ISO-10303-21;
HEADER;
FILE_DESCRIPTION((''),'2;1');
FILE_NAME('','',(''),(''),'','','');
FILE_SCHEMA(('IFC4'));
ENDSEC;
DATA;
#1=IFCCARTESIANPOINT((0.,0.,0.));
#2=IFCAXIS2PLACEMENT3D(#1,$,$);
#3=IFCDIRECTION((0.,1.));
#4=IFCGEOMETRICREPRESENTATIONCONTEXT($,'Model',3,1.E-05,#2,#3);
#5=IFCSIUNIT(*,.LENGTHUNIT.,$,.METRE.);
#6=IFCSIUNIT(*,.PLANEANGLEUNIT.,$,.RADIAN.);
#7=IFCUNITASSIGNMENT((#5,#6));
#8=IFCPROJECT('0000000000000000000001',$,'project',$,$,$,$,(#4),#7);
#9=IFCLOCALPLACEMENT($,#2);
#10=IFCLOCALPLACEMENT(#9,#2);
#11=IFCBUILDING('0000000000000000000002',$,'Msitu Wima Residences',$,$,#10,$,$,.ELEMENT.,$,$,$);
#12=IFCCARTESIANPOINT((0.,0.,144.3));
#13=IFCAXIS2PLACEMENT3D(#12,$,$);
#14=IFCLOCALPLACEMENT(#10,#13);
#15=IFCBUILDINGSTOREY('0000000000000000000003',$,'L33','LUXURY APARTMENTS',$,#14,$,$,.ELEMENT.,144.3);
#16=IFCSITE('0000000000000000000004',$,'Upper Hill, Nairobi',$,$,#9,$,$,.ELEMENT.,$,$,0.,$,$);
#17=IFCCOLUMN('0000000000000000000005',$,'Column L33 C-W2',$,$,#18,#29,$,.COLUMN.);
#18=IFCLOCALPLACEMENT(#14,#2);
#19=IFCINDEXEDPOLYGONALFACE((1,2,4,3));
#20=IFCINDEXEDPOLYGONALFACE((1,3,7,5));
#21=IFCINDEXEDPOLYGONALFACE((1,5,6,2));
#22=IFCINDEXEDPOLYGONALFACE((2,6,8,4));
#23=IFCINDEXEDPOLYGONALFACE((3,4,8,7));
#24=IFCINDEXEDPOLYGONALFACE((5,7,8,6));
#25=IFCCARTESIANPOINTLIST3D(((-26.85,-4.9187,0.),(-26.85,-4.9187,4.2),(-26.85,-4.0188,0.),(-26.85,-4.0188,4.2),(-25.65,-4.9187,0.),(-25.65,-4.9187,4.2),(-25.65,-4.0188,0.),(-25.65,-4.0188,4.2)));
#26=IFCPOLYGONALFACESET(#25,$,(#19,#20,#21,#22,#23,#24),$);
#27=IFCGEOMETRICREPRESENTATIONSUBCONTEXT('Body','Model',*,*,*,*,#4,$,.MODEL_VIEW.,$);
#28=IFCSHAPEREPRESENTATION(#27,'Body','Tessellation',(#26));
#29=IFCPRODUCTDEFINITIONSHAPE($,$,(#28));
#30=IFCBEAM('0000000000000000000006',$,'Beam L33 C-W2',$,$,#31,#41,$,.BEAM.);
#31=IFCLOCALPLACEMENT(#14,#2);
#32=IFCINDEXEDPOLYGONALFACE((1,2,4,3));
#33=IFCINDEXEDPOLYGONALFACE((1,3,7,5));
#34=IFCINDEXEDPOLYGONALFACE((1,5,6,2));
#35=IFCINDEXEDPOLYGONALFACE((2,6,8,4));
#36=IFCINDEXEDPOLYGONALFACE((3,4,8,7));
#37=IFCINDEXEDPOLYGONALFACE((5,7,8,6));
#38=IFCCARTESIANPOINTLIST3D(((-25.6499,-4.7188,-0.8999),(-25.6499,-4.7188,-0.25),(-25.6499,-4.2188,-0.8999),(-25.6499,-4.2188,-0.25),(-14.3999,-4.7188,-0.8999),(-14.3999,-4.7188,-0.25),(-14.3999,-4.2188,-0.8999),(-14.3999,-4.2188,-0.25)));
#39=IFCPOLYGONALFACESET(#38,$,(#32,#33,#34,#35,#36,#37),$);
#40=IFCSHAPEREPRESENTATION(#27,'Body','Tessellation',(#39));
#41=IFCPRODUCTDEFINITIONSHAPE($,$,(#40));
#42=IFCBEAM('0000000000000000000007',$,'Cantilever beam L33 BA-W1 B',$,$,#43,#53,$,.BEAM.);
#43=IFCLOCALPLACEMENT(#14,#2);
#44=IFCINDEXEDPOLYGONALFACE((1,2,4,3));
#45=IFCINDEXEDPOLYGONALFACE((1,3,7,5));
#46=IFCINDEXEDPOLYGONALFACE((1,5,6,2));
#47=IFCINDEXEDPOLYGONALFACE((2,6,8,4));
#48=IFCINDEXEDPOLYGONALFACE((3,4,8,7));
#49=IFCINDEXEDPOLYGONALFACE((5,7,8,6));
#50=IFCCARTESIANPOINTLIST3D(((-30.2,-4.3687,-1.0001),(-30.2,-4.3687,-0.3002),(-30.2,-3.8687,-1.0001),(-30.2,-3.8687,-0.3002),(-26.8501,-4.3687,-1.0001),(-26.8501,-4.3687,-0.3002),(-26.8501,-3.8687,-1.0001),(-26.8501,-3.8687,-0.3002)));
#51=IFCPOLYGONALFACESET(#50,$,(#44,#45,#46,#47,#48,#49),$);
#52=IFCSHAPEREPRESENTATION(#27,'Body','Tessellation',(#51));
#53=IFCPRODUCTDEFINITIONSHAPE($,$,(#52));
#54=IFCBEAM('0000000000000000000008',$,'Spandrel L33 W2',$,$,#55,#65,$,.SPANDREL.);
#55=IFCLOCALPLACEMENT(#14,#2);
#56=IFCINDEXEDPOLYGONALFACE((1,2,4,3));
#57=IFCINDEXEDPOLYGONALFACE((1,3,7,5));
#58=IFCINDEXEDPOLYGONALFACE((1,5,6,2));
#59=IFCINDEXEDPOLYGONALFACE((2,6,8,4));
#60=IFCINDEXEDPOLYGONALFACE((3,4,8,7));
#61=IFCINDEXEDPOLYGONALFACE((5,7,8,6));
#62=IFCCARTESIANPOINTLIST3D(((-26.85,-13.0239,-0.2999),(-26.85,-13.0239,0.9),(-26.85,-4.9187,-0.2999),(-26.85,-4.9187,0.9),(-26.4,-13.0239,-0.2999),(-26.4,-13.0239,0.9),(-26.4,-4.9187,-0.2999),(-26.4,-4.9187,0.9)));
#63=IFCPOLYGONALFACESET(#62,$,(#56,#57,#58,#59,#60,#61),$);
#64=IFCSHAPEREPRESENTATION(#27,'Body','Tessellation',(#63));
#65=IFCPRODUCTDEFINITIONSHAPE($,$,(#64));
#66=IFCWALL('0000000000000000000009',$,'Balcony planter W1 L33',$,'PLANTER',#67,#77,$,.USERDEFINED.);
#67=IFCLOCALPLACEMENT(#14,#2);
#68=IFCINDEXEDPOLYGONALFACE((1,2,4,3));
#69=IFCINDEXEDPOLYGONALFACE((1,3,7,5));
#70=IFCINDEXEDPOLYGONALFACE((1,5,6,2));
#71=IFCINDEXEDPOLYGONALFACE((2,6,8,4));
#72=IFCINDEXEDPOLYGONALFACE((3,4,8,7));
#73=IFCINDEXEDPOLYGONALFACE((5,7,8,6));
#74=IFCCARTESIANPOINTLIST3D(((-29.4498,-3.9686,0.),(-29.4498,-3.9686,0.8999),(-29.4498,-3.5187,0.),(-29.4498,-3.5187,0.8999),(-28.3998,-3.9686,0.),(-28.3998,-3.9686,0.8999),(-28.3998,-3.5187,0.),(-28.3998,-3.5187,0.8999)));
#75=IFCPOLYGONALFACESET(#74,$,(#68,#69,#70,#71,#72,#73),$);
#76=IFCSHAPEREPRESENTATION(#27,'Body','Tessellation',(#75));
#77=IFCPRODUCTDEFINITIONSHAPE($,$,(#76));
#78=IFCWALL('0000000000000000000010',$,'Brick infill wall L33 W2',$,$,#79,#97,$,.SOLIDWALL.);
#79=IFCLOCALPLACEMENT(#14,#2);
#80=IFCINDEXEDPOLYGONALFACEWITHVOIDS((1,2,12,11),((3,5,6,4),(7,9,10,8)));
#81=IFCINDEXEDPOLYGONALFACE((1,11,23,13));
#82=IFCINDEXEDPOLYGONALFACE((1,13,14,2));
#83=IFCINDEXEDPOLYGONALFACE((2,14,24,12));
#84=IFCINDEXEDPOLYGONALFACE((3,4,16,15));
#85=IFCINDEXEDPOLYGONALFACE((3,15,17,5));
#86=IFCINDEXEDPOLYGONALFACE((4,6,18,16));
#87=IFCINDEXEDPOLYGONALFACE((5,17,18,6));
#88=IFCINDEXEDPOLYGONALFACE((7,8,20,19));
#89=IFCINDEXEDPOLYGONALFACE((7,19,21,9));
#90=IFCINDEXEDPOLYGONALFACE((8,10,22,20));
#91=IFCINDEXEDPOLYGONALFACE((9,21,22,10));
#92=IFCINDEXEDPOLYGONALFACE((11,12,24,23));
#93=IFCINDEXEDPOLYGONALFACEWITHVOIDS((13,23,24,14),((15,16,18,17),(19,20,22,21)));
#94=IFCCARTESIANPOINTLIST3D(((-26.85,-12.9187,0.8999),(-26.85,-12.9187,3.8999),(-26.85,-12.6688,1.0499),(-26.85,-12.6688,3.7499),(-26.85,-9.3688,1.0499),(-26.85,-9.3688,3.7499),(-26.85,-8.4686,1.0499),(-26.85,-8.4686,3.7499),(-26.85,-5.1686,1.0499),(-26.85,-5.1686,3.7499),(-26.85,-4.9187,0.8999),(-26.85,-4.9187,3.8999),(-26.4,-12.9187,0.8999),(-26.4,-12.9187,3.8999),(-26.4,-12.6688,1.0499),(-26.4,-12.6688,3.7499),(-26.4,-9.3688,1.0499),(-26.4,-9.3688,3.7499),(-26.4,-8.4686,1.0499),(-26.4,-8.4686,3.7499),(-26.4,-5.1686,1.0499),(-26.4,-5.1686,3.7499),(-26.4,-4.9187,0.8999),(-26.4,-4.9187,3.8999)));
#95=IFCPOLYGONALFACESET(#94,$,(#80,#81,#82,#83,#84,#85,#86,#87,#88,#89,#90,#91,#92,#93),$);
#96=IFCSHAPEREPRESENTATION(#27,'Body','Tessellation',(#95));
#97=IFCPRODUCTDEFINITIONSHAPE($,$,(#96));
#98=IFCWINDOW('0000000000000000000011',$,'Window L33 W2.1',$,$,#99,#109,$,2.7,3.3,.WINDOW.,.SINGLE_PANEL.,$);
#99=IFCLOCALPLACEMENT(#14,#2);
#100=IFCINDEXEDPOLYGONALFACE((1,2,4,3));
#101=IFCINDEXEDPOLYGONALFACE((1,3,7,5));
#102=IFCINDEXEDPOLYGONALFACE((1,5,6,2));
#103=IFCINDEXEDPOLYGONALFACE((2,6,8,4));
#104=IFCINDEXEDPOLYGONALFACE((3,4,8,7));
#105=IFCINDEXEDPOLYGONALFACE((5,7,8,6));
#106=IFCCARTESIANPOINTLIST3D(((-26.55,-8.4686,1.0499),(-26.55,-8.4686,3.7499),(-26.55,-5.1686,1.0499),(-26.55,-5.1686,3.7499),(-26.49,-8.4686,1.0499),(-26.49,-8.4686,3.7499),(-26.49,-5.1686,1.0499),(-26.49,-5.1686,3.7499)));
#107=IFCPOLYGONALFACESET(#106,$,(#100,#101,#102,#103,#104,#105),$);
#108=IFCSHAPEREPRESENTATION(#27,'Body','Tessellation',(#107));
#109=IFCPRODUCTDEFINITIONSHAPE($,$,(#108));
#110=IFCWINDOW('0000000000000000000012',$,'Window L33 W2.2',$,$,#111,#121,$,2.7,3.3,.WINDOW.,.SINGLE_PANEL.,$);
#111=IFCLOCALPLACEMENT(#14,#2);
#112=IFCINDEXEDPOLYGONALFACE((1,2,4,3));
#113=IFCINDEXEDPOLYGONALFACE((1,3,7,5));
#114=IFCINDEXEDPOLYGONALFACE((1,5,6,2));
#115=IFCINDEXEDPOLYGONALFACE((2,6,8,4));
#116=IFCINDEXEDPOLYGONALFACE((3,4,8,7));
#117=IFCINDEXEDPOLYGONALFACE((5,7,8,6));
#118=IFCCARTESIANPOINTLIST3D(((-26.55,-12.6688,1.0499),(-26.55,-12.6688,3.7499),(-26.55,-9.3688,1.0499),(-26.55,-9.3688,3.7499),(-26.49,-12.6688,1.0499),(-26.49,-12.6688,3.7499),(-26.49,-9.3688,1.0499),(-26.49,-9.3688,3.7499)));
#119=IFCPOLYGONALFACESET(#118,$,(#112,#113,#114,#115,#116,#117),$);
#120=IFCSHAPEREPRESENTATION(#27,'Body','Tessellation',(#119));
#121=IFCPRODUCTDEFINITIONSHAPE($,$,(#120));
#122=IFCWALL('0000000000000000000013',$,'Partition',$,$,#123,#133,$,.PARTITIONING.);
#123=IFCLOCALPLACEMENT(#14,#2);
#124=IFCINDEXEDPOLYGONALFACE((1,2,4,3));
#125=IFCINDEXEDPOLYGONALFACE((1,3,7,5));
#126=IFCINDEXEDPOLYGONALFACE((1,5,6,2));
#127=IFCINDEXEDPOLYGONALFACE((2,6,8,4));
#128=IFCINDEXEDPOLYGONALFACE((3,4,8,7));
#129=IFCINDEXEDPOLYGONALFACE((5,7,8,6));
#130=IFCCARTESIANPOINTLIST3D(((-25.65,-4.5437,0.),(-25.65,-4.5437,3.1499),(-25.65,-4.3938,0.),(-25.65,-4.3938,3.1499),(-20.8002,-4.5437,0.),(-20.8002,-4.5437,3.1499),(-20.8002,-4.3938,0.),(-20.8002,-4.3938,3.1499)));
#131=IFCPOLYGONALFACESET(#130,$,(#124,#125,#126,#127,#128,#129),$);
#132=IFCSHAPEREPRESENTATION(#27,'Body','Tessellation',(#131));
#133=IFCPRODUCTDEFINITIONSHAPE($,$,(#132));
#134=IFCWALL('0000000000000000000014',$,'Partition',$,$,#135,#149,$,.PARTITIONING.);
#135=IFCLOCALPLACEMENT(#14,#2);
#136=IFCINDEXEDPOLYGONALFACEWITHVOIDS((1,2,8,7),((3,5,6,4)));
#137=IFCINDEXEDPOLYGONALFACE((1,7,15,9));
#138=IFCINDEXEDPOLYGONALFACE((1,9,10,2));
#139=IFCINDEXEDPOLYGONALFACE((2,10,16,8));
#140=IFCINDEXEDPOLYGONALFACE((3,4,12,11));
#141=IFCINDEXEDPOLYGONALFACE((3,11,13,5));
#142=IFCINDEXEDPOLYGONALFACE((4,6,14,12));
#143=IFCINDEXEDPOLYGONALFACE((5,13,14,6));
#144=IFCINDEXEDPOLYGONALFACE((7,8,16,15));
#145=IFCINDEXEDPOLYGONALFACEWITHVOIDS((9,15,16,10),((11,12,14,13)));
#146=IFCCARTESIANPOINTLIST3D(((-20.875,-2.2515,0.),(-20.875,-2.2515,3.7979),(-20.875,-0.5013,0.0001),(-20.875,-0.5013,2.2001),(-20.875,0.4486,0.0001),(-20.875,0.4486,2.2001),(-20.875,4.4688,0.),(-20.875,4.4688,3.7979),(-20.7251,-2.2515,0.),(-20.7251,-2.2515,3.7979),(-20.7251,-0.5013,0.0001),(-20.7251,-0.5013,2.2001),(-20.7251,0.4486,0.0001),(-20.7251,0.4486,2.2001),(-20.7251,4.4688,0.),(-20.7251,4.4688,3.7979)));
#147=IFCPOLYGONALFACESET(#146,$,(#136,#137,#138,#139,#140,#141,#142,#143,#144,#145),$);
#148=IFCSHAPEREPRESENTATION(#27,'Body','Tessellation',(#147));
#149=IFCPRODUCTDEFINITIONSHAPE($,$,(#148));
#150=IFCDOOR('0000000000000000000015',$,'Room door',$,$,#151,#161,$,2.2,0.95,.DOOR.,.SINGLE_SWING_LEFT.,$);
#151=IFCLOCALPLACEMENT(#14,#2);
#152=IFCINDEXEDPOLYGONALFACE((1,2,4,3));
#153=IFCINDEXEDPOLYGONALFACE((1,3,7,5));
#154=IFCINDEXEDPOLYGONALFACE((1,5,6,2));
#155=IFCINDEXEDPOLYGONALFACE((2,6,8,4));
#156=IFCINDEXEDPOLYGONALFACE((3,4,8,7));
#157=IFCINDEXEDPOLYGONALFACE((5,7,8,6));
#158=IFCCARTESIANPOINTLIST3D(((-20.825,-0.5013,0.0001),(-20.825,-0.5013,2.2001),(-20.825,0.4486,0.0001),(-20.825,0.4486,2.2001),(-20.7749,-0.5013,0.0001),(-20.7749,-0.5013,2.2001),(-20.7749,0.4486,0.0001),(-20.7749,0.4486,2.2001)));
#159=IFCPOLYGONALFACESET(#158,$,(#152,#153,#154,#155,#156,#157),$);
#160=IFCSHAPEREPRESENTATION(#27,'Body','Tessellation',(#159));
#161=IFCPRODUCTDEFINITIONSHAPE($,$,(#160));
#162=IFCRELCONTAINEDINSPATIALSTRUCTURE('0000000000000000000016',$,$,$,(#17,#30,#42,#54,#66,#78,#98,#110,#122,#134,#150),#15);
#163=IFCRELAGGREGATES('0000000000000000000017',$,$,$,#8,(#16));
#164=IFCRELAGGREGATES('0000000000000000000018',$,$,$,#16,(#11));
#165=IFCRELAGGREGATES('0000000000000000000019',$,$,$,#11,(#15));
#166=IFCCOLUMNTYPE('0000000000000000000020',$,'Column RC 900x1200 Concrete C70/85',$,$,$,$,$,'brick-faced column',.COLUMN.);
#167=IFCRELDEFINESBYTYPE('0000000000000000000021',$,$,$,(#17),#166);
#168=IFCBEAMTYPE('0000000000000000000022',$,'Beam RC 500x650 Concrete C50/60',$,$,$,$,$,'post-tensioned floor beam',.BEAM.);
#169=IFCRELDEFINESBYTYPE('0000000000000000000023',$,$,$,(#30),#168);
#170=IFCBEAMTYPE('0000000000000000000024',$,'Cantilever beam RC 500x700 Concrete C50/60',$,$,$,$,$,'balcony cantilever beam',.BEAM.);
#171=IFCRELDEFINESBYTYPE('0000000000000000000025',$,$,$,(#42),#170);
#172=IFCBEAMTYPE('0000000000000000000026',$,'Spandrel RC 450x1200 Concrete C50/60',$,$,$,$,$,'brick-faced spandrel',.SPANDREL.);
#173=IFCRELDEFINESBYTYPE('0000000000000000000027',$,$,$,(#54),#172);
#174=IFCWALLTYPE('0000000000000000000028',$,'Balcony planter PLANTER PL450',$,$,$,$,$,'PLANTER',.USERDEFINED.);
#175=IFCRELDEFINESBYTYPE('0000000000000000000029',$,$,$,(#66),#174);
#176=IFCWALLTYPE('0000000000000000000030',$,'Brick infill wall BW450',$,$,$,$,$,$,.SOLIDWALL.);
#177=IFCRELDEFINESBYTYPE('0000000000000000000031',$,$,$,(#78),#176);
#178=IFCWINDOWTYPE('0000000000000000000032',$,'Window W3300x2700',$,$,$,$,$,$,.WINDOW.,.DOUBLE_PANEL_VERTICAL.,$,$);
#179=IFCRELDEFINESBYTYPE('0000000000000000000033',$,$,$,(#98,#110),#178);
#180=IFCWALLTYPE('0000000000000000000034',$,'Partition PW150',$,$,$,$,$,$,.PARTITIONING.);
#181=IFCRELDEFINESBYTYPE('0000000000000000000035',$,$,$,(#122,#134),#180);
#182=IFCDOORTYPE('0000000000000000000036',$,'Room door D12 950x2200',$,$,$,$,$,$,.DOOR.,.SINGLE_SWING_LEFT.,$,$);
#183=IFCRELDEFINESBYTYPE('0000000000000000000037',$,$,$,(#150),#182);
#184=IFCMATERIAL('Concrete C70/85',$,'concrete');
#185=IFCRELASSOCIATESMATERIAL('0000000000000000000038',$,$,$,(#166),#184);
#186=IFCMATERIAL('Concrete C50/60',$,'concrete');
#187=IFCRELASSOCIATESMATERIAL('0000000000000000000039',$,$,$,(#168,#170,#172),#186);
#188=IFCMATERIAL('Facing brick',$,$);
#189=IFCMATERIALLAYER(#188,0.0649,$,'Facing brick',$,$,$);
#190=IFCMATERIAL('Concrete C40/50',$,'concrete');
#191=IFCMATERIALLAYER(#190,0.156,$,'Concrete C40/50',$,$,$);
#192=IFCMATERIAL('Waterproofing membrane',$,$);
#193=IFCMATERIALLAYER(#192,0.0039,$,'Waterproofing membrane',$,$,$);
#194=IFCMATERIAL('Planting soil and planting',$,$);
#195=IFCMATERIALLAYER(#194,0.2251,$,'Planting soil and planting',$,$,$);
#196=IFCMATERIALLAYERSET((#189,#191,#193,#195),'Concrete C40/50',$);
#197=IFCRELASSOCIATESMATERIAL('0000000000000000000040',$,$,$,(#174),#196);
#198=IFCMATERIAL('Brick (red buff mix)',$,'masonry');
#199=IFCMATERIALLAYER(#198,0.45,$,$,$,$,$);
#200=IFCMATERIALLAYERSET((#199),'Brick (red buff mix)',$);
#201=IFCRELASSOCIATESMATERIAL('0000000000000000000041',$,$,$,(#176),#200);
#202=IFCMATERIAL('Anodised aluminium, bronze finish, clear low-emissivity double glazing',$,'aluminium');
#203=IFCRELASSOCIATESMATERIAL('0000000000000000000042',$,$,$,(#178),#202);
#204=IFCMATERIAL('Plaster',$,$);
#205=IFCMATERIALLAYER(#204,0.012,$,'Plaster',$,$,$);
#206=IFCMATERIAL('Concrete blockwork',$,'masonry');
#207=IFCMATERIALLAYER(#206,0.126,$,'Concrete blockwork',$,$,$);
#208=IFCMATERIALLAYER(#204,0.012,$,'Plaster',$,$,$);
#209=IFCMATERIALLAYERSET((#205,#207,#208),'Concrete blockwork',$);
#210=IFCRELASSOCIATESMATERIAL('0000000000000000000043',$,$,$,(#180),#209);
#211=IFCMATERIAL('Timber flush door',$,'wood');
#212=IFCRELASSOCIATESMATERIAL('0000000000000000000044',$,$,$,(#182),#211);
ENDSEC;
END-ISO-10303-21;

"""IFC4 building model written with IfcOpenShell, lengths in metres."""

from ifc_helpers import new_model, si_unit, direction, frame, frame_2d, origin, origin_2d, place, context, subcontext, project, spatial, rectangle, extrude, material, layer, layer_set, material_profile, profile_set, type_object, element, fill, save


model = new_model("IFC4")

# Units and contexts
model_context = context("Model", 3, precision=1e-05, world=origin(), true_north=direction((0.0, 1.0)))
body_context = subcontext(model_context, "Body", "Model", "MODEL_VIEW")
ifc_project = project(units=[si_unit("LENGTHUNIT", "METRE"), si_unit("PLANEANGLEUNIT", "RADIAN")], contexts=[model_context])

# Site, building, storey
site_placement = place(None, origin())
site = spatial("IfcSite", under=ifc_project, at=site_placement, Name="Upper Hill, Nairobi", CompositionType="ELEMENT", RefElevation=0.0)
building_placement = place(site_placement, origin())
building = spatial("IfcBuilding", under=site, at=building_placement, Name="Msitu Wima Residences", CompositionType="ELEMENT")
storey_placement = place(building_placement, frame((0.0, 0.0, 144.3)))
storey = spatial("IfcBuildingStorey", under=building, at=storey_placement, Name="L33", Description="LUXURY APARTMENTS", CompositionType="ELEMENT", Elevation=144.3)

# Column
ifc_material_1 = material(Name="Concrete C70/85", Category="concrete")
ifc_material_profile_1 = material_profile(ifc_material_1, rectangle(XDim=0.8999, YDim=1.2, at=origin_2d()), Name="RC 900x1200")
ifc_profile_set_1 = profile_set([ifc_material_profile_1], Name="Concrete C70/85")
column_type = type_object("IfcColumnType", Name="Column RC 900x1200 Concrete C70/85", ElementType="brick-faced column", PredefinedType="COLUMN", material=ifc_profile_set_1)
column_placement = place(storey_placement, frame((-26.25, -4.4688, 0.0), z_axis=(0.0, 0.0, 1.0), x_axis=(0.0, -1.0, 0.0)))
element("IfcColumn", 1, at=column_placement, inside=storey, type_object=column_type, Name="Column L33 C-W2", PredefinedType="COLUMN", context=body_context, shape_type="SweptSolid", body=[
    extrude(rectangle(XDim=0.8999, YDim=1.2, at=origin_2d()), origin(), (0.0, 0.0, 1.0), 4.2),
])

# Beams
ifc_material_2 = material(Name="Concrete C50/60", Category="concrete")
ifc_material_profile_2 = material_profile(ifc_material_2, rectangle(XDim=0.5, YDim=0.6499, at=origin_2d()), Name="RC 500x650")
ifc_profile_set_2 = profile_set([ifc_material_profile_2], Name="Concrete C50/60")
beam_type_1 = type_object("IfcBeamType", Name="Beam RC 500x650 Concrete C50/60", ElementType="post-tensioned floor beam", PredefinedType="BEAM", material=ifc_profile_set_2)
beam_1_placement = place(storey_placement, frame((-25.6499, -4.4688, -0.575), z_axis=(1.0, 0.0, 0.0), x_axis=(0.0, 1.0, 0.0)))
element("IfcBeam", 2, at=beam_1_placement, inside=storey, type_object=beam_type_1, Name="Beam L33 C-W2", PredefinedType="BEAM", context=body_context, shape_type="SweptSolid", body=[
    extrude(rectangle(XDim=0.5, YDim=0.6499, at=origin_2d()), origin(), (0.0, 0.0, 1.0), 11.25),
])
ifc_material_profile_3 = material_profile(ifc_material_2, rectangle(XDim=0.5, YDim=0.7, at=origin_2d()), Name="RC 500x700")
ifc_profile_set_3 = profile_set([ifc_material_profile_3], Name="Concrete C50/60")
beam_type_2 = type_object("IfcBeamType", Name="Cantilever beam RC 500x700 Concrete C50/60", ElementType="balcony cantilever beam", PredefinedType="BEAM", material=ifc_profile_set_3)
beam_2_placement = place(storey_placement, frame((-26.8501, -4.1187, -0.6501), z_axis=(-1.0, 0.0, 0.0), x_axis=(0.0, -1.0, 0.0)))
element("IfcBeam", 3, at=beam_2_placement, inside=storey, type_object=beam_type_2, Name="Cantilever beam L33 BA-W1 B", PredefinedType="BEAM", context=body_context, shape_type="SweptSolid", body=[
    extrude(rectangle(XDim=0.5, YDim=0.7, at=origin_2d()), origin(), (0.0, 0.0, 1.0), 3.3499),
])
ifc_material_profile_4 = material_profile(ifc_material_2, rectangle(XDim=0.45, YDim=1.2, at=origin_2d()), Name="RC 450x1200")
ifc_profile_set_4 = profile_set([ifc_material_profile_4], Name="Concrete C50/60")
beam_type_3 = type_object("IfcBeamType", Name="Spandrel RC 450x1200 Concrete C50/60", ElementType="brick-faced spandrel", PredefinedType="SPANDREL", material=ifc_profile_set_4)
beam_3_placement = place(storey_placement, frame((-26.625, -4.9187, 0.3), z_axis=(0.0, -1.0, 0.0), x_axis=(1.0, 0.0, 0.0)))
element("IfcBeam", 4, at=beam_3_placement, inside=storey, type_object=beam_type_3, Name="Spandrel L33 W2", PredefinedType="SPANDREL", context=body_context, shape_type="SweptSolid", body=[
    extrude(rectangle(XDim=0.45, YDim=1.2, at=origin_2d()), origin(), (0.0, 0.0, 1.0), 8.1052),
])

# Wall
ifc_material_3 = material(Name="Facing brick")
ifc_layer_1 = layer(ifc_material_3, 0.0649, Name="Facing brick")
ifc_material_4 = material(Name="Concrete C40/50", Category="concrete")
ifc_layer_2 = layer(ifc_material_4, 0.156, Name="Concrete C40/50")
ifc_material_5 = material(Name="Waterproofing membrane")
ifc_layer_3 = layer(ifc_material_5, 0.0039, Name="Waterproofing membrane")
ifc_material_6 = material(Name="Planting soil and planting")
ifc_layer_4 = layer(ifc_material_6, 0.2251, Name="Planting soil and planting")
ifc_layer_set_1 = layer_set([ifc_layer_1, ifc_layer_2, ifc_layer_3, ifc_layer_4], Name="Concrete C40/50")
wall_type_1 = type_object("IfcWallType", Name="Balcony planter PLANTER PL450", ElementType="PLANTER", PredefinedType="USERDEFINED", material=ifc_layer_set_1)
wall_1_placement = place(storey_placement, frame((-28.3999, -3.7437, 0.0), z_axis=(0.0, 0.0, 1.0), x_axis=(-1.0, 0.0, 0.0)))
element("IfcWall", 5, at=wall_1_placement, inside=storey, type_object=wall_type_1, Name="Balcony planter W1 L33", ObjectType="PLANTER", PredefinedType="USERDEFINED", context=body_context, shape_type="SweptSolid", body=[
    extrude(rectangle(XDim=1.05, YDim=0.45, at=frame_2d((0.5249, 0.0))), origin(), (0.0, 0.0, 1.0), 0.8999),
])

# Wall, openings, windows
ifc_material_7 = material(Name="Brick (red buff mix)", Category="masonry")
ifc_layer_5 = layer(ifc_material_7, 0.45)
ifc_layer_set_2 = layer_set([ifc_layer_5], Name="Brick (red buff mix)")
wall_type_2 = type_object("IfcWallType", Name="Brick infill wall BW450", PredefinedType="SOLIDWALL", material=ifc_layer_set_2)
wall_2_placement = place(storey_placement, frame((-26.625, -4.9187, 0.8999), z_axis=(0.0, 0.0, 1.0), x_axis=(0.0, -1.0, 0.0)))
wall_2 = element("IfcWall", 6, at=wall_2_placement, inside=storey, type_object=wall_type_2, Name="Brick infill wall L33 W2", PredefinedType="SOLIDWALL", context=body_context, shape_type="SweptSolid", body=[
    extrude(rectangle(XDim=8.0, YDim=0.45, at=frame_2d((4.0, 0.0))), origin(), (0.0, 0.0, 1.0), 3.0),
])
opening_1_placement = place(wall_2_placement, frame((0.25, 0.0, 0.1499)))
opening_1 = element("IfcOpeningElement", 7, at=opening_1_placement, cuts=wall_2, PredefinedType="OPENING", context=body_context, shape_type="SweptSolid", body=[
    extrude(rectangle(XDim=3.3, YDim=2.7, at=frame_2d((1.6499, 1.3501))), frame((0.0, 0.2349, 0.0), z_axis=(0.0, -1.0, 0.0), x_axis=(1.0, 0.0, 0.0)), (0.0, 0.0, 1.0), 0.47),
])
opening_2_placement = place(wall_2_placement, frame((4.4502, 0.0, 0.1499)))
opening_2 = element("IfcOpeningElement", 8, at=opening_2_placement, cuts=wall_2, PredefinedType="OPENING", context=body_context, shape_type="SweptSolid", body=[
    extrude(rectangle(XDim=3.3, YDim=2.7, at=frame_2d((1.6499, 1.3501))), frame((0.0, 0.2349, 0.0), z_axis=(0.0, -1.0, 0.0), x_axis=(1.0, 0.0, 0.0)), (0.0, 0.0, 1.0), 0.47),
])
ifc_material_8 = material(Name="Anodised aluminium, bronze finish, clear low-emissivity double glazing", Category="aluminium")
window_type = type_object("IfcWindowType", Name="Window W3300x2700", PartitioningType="DOUBLE_PANEL_VERTICAL", PredefinedType="WINDOW", material=ifc_material_8)
window_1_placement = place(opening_1_placement, origin())
window_1 = element("IfcWindow", 9, at=window_1_placement, inside=storey, type_object=window_type, Name="Window L33 W2.1", OverallHeight=2.7, OverallWidth=3.3, PartitioningType="SINGLE_PANEL", PredefinedType="WINDOW", context=body_context, shape_type="SweptSolid", body=[
    extrude(rectangle(XDim=3.3, YDim=2.7, at=frame_2d((1.6499, 1.3501))), frame((0.0, 0.135, 0.0), z_axis=(0.0, -1.0, 0.0), x_axis=(1.0, 0.0, 0.0)), (0.0, 0.0, 1.0), 0.0601),
])
fill(opening_1, window_1)
window_2_placement = place(opening_2_placement, origin())
window_2 = element("IfcWindow", 10, at=window_2_placement, inside=storey, type_object=window_type, Name="Window L33 W2.2", OverallHeight=2.7, OverallWidth=3.3, PartitioningType="SINGLE_PANEL", PredefinedType="WINDOW", context=body_context, shape_type="SweptSolid", body=[
    extrude(rectangle(XDim=3.3, YDim=2.7, at=frame_2d((1.6499, 1.3501))), frame((0.0, 0.135, 0.0), z_axis=(0.0, -1.0, 0.0), x_axis=(1.0, 0.0, 0.0)), (0.0, 0.0, 1.0), 0.0601),
])
fill(opening_2, window_2)

# Wall
ifc_material_9 = material(Name="Plaster")
ifc_layer_6 = layer(ifc_material_9, 0.012, Name="Plaster")
ifc_material_10 = material(Name="Concrete blockwork", Category="masonry")
ifc_layer_7 = layer(ifc_material_10, 0.126, Name="Concrete blockwork")
ifc_layer_8 = layer(ifc_material_9, 0.012, Name="Plaster")
ifc_layer_set_3 = layer_set([ifc_layer_6, ifc_layer_7, ifc_layer_8], Name="Concrete blockwork")
wall_type_3 = type_object("IfcWallType", Name="Partition PW150", PredefinedType="PARTITIONING", material=ifc_layer_set_3)
wall_3_placement = place(storey_placement, frame((-25.6499, -4.4688, 0.0), z_axis=(0.0, 0.0, 1.0), x_axis=(1.0, 0.0, 0.0)))
element("IfcWall", 11, at=wall_3_placement, inside=storey, type_object=wall_type_3, Name="Partition", PredefinedType="PARTITIONING", context=body_context, shape_type="SweptSolid", body=[
    extrude(rectangle(XDim=4.8499, YDim=0.1499, at=frame_2d((2.4248, 0.0))), origin(), (0.0, 0.0, 1.0), 3.1499),
])

# Wall, opening, door
wall_4_placement = place(storey_placement, frame((-20.8, -2.2515, 0.0), z_axis=(0.0, 0.0, 1.0), x_axis=(0.0, 1.0, 0.0)))
wall_4 = element("IfcWall", 12, at=wall_4_placement, inside=storey, type_object=wall_type_3, Name="Partition", PredefinedType="PARTITIONING", context=body_context, shape_type="SweptSolid", body=[
    extrude(rectangle(XDim=6.7202, YDim=0.1499, at=frame_2d((3.3601, 0.0))), origin(), (0.0, 0.0, 1.0), 3.7979),
])
opening_3_placement = place(wall_4_placement, frame((1.75, 0.0, 0.0)))
opening_3 = element("IfcOpeningElement", 13, at=opening_3_placement, cuts=wall_4, PredefinedType="OPENING", context=body_context, shape_type="SweptSolid", body=[
    extrude(rectangle(XDim=0.95, YDim=2.2, at=frame_2d((0.4751, 1.1001))), frame((0.0, 0.085, 0.0), z_axis=(0.0, -1.0, 0.0), x_axis=(1.0, 0.0, 0.0)), (0.0, 0.0, 1.0), 0.1699),
])
ifc_material_11 = material(Name="Timber flush door", Category="wood")
door_type_1 = type_object("IfcDoorType", Name="Room door D12 950x2200", OperationType="SINGLE_SWING_LEFT", PredefinedType="DOOR", material=ifc_material_11)
door_1_placement = place(opening_3_placement, origin())
door_1 = element("IfcDoor", 14, at=door_1_placement, inside=storey, type_object=door_type_1, Name="Room door", OperationType="SINGLE_SWING_LEFT", OverallHeight=2.2, OverallWidth=0.95, PredefinedType="DOOR", context=body_context, shape_type="SweptSolid", body=[
    extrude(rectangle(XDim=0.95, YDim=2.2, at=frame_2d((0.4751, 1.1001))), frame((0.0, 0.0249, 0.0), z_axis=(0.0, -1.0, 0.0), x_axis=(1.0, 0.0, 0.0)), (0.0, 0.0, 1.0), 0.05),
])
fill(opening_3, door_1)

save(model, "model.ifc")
